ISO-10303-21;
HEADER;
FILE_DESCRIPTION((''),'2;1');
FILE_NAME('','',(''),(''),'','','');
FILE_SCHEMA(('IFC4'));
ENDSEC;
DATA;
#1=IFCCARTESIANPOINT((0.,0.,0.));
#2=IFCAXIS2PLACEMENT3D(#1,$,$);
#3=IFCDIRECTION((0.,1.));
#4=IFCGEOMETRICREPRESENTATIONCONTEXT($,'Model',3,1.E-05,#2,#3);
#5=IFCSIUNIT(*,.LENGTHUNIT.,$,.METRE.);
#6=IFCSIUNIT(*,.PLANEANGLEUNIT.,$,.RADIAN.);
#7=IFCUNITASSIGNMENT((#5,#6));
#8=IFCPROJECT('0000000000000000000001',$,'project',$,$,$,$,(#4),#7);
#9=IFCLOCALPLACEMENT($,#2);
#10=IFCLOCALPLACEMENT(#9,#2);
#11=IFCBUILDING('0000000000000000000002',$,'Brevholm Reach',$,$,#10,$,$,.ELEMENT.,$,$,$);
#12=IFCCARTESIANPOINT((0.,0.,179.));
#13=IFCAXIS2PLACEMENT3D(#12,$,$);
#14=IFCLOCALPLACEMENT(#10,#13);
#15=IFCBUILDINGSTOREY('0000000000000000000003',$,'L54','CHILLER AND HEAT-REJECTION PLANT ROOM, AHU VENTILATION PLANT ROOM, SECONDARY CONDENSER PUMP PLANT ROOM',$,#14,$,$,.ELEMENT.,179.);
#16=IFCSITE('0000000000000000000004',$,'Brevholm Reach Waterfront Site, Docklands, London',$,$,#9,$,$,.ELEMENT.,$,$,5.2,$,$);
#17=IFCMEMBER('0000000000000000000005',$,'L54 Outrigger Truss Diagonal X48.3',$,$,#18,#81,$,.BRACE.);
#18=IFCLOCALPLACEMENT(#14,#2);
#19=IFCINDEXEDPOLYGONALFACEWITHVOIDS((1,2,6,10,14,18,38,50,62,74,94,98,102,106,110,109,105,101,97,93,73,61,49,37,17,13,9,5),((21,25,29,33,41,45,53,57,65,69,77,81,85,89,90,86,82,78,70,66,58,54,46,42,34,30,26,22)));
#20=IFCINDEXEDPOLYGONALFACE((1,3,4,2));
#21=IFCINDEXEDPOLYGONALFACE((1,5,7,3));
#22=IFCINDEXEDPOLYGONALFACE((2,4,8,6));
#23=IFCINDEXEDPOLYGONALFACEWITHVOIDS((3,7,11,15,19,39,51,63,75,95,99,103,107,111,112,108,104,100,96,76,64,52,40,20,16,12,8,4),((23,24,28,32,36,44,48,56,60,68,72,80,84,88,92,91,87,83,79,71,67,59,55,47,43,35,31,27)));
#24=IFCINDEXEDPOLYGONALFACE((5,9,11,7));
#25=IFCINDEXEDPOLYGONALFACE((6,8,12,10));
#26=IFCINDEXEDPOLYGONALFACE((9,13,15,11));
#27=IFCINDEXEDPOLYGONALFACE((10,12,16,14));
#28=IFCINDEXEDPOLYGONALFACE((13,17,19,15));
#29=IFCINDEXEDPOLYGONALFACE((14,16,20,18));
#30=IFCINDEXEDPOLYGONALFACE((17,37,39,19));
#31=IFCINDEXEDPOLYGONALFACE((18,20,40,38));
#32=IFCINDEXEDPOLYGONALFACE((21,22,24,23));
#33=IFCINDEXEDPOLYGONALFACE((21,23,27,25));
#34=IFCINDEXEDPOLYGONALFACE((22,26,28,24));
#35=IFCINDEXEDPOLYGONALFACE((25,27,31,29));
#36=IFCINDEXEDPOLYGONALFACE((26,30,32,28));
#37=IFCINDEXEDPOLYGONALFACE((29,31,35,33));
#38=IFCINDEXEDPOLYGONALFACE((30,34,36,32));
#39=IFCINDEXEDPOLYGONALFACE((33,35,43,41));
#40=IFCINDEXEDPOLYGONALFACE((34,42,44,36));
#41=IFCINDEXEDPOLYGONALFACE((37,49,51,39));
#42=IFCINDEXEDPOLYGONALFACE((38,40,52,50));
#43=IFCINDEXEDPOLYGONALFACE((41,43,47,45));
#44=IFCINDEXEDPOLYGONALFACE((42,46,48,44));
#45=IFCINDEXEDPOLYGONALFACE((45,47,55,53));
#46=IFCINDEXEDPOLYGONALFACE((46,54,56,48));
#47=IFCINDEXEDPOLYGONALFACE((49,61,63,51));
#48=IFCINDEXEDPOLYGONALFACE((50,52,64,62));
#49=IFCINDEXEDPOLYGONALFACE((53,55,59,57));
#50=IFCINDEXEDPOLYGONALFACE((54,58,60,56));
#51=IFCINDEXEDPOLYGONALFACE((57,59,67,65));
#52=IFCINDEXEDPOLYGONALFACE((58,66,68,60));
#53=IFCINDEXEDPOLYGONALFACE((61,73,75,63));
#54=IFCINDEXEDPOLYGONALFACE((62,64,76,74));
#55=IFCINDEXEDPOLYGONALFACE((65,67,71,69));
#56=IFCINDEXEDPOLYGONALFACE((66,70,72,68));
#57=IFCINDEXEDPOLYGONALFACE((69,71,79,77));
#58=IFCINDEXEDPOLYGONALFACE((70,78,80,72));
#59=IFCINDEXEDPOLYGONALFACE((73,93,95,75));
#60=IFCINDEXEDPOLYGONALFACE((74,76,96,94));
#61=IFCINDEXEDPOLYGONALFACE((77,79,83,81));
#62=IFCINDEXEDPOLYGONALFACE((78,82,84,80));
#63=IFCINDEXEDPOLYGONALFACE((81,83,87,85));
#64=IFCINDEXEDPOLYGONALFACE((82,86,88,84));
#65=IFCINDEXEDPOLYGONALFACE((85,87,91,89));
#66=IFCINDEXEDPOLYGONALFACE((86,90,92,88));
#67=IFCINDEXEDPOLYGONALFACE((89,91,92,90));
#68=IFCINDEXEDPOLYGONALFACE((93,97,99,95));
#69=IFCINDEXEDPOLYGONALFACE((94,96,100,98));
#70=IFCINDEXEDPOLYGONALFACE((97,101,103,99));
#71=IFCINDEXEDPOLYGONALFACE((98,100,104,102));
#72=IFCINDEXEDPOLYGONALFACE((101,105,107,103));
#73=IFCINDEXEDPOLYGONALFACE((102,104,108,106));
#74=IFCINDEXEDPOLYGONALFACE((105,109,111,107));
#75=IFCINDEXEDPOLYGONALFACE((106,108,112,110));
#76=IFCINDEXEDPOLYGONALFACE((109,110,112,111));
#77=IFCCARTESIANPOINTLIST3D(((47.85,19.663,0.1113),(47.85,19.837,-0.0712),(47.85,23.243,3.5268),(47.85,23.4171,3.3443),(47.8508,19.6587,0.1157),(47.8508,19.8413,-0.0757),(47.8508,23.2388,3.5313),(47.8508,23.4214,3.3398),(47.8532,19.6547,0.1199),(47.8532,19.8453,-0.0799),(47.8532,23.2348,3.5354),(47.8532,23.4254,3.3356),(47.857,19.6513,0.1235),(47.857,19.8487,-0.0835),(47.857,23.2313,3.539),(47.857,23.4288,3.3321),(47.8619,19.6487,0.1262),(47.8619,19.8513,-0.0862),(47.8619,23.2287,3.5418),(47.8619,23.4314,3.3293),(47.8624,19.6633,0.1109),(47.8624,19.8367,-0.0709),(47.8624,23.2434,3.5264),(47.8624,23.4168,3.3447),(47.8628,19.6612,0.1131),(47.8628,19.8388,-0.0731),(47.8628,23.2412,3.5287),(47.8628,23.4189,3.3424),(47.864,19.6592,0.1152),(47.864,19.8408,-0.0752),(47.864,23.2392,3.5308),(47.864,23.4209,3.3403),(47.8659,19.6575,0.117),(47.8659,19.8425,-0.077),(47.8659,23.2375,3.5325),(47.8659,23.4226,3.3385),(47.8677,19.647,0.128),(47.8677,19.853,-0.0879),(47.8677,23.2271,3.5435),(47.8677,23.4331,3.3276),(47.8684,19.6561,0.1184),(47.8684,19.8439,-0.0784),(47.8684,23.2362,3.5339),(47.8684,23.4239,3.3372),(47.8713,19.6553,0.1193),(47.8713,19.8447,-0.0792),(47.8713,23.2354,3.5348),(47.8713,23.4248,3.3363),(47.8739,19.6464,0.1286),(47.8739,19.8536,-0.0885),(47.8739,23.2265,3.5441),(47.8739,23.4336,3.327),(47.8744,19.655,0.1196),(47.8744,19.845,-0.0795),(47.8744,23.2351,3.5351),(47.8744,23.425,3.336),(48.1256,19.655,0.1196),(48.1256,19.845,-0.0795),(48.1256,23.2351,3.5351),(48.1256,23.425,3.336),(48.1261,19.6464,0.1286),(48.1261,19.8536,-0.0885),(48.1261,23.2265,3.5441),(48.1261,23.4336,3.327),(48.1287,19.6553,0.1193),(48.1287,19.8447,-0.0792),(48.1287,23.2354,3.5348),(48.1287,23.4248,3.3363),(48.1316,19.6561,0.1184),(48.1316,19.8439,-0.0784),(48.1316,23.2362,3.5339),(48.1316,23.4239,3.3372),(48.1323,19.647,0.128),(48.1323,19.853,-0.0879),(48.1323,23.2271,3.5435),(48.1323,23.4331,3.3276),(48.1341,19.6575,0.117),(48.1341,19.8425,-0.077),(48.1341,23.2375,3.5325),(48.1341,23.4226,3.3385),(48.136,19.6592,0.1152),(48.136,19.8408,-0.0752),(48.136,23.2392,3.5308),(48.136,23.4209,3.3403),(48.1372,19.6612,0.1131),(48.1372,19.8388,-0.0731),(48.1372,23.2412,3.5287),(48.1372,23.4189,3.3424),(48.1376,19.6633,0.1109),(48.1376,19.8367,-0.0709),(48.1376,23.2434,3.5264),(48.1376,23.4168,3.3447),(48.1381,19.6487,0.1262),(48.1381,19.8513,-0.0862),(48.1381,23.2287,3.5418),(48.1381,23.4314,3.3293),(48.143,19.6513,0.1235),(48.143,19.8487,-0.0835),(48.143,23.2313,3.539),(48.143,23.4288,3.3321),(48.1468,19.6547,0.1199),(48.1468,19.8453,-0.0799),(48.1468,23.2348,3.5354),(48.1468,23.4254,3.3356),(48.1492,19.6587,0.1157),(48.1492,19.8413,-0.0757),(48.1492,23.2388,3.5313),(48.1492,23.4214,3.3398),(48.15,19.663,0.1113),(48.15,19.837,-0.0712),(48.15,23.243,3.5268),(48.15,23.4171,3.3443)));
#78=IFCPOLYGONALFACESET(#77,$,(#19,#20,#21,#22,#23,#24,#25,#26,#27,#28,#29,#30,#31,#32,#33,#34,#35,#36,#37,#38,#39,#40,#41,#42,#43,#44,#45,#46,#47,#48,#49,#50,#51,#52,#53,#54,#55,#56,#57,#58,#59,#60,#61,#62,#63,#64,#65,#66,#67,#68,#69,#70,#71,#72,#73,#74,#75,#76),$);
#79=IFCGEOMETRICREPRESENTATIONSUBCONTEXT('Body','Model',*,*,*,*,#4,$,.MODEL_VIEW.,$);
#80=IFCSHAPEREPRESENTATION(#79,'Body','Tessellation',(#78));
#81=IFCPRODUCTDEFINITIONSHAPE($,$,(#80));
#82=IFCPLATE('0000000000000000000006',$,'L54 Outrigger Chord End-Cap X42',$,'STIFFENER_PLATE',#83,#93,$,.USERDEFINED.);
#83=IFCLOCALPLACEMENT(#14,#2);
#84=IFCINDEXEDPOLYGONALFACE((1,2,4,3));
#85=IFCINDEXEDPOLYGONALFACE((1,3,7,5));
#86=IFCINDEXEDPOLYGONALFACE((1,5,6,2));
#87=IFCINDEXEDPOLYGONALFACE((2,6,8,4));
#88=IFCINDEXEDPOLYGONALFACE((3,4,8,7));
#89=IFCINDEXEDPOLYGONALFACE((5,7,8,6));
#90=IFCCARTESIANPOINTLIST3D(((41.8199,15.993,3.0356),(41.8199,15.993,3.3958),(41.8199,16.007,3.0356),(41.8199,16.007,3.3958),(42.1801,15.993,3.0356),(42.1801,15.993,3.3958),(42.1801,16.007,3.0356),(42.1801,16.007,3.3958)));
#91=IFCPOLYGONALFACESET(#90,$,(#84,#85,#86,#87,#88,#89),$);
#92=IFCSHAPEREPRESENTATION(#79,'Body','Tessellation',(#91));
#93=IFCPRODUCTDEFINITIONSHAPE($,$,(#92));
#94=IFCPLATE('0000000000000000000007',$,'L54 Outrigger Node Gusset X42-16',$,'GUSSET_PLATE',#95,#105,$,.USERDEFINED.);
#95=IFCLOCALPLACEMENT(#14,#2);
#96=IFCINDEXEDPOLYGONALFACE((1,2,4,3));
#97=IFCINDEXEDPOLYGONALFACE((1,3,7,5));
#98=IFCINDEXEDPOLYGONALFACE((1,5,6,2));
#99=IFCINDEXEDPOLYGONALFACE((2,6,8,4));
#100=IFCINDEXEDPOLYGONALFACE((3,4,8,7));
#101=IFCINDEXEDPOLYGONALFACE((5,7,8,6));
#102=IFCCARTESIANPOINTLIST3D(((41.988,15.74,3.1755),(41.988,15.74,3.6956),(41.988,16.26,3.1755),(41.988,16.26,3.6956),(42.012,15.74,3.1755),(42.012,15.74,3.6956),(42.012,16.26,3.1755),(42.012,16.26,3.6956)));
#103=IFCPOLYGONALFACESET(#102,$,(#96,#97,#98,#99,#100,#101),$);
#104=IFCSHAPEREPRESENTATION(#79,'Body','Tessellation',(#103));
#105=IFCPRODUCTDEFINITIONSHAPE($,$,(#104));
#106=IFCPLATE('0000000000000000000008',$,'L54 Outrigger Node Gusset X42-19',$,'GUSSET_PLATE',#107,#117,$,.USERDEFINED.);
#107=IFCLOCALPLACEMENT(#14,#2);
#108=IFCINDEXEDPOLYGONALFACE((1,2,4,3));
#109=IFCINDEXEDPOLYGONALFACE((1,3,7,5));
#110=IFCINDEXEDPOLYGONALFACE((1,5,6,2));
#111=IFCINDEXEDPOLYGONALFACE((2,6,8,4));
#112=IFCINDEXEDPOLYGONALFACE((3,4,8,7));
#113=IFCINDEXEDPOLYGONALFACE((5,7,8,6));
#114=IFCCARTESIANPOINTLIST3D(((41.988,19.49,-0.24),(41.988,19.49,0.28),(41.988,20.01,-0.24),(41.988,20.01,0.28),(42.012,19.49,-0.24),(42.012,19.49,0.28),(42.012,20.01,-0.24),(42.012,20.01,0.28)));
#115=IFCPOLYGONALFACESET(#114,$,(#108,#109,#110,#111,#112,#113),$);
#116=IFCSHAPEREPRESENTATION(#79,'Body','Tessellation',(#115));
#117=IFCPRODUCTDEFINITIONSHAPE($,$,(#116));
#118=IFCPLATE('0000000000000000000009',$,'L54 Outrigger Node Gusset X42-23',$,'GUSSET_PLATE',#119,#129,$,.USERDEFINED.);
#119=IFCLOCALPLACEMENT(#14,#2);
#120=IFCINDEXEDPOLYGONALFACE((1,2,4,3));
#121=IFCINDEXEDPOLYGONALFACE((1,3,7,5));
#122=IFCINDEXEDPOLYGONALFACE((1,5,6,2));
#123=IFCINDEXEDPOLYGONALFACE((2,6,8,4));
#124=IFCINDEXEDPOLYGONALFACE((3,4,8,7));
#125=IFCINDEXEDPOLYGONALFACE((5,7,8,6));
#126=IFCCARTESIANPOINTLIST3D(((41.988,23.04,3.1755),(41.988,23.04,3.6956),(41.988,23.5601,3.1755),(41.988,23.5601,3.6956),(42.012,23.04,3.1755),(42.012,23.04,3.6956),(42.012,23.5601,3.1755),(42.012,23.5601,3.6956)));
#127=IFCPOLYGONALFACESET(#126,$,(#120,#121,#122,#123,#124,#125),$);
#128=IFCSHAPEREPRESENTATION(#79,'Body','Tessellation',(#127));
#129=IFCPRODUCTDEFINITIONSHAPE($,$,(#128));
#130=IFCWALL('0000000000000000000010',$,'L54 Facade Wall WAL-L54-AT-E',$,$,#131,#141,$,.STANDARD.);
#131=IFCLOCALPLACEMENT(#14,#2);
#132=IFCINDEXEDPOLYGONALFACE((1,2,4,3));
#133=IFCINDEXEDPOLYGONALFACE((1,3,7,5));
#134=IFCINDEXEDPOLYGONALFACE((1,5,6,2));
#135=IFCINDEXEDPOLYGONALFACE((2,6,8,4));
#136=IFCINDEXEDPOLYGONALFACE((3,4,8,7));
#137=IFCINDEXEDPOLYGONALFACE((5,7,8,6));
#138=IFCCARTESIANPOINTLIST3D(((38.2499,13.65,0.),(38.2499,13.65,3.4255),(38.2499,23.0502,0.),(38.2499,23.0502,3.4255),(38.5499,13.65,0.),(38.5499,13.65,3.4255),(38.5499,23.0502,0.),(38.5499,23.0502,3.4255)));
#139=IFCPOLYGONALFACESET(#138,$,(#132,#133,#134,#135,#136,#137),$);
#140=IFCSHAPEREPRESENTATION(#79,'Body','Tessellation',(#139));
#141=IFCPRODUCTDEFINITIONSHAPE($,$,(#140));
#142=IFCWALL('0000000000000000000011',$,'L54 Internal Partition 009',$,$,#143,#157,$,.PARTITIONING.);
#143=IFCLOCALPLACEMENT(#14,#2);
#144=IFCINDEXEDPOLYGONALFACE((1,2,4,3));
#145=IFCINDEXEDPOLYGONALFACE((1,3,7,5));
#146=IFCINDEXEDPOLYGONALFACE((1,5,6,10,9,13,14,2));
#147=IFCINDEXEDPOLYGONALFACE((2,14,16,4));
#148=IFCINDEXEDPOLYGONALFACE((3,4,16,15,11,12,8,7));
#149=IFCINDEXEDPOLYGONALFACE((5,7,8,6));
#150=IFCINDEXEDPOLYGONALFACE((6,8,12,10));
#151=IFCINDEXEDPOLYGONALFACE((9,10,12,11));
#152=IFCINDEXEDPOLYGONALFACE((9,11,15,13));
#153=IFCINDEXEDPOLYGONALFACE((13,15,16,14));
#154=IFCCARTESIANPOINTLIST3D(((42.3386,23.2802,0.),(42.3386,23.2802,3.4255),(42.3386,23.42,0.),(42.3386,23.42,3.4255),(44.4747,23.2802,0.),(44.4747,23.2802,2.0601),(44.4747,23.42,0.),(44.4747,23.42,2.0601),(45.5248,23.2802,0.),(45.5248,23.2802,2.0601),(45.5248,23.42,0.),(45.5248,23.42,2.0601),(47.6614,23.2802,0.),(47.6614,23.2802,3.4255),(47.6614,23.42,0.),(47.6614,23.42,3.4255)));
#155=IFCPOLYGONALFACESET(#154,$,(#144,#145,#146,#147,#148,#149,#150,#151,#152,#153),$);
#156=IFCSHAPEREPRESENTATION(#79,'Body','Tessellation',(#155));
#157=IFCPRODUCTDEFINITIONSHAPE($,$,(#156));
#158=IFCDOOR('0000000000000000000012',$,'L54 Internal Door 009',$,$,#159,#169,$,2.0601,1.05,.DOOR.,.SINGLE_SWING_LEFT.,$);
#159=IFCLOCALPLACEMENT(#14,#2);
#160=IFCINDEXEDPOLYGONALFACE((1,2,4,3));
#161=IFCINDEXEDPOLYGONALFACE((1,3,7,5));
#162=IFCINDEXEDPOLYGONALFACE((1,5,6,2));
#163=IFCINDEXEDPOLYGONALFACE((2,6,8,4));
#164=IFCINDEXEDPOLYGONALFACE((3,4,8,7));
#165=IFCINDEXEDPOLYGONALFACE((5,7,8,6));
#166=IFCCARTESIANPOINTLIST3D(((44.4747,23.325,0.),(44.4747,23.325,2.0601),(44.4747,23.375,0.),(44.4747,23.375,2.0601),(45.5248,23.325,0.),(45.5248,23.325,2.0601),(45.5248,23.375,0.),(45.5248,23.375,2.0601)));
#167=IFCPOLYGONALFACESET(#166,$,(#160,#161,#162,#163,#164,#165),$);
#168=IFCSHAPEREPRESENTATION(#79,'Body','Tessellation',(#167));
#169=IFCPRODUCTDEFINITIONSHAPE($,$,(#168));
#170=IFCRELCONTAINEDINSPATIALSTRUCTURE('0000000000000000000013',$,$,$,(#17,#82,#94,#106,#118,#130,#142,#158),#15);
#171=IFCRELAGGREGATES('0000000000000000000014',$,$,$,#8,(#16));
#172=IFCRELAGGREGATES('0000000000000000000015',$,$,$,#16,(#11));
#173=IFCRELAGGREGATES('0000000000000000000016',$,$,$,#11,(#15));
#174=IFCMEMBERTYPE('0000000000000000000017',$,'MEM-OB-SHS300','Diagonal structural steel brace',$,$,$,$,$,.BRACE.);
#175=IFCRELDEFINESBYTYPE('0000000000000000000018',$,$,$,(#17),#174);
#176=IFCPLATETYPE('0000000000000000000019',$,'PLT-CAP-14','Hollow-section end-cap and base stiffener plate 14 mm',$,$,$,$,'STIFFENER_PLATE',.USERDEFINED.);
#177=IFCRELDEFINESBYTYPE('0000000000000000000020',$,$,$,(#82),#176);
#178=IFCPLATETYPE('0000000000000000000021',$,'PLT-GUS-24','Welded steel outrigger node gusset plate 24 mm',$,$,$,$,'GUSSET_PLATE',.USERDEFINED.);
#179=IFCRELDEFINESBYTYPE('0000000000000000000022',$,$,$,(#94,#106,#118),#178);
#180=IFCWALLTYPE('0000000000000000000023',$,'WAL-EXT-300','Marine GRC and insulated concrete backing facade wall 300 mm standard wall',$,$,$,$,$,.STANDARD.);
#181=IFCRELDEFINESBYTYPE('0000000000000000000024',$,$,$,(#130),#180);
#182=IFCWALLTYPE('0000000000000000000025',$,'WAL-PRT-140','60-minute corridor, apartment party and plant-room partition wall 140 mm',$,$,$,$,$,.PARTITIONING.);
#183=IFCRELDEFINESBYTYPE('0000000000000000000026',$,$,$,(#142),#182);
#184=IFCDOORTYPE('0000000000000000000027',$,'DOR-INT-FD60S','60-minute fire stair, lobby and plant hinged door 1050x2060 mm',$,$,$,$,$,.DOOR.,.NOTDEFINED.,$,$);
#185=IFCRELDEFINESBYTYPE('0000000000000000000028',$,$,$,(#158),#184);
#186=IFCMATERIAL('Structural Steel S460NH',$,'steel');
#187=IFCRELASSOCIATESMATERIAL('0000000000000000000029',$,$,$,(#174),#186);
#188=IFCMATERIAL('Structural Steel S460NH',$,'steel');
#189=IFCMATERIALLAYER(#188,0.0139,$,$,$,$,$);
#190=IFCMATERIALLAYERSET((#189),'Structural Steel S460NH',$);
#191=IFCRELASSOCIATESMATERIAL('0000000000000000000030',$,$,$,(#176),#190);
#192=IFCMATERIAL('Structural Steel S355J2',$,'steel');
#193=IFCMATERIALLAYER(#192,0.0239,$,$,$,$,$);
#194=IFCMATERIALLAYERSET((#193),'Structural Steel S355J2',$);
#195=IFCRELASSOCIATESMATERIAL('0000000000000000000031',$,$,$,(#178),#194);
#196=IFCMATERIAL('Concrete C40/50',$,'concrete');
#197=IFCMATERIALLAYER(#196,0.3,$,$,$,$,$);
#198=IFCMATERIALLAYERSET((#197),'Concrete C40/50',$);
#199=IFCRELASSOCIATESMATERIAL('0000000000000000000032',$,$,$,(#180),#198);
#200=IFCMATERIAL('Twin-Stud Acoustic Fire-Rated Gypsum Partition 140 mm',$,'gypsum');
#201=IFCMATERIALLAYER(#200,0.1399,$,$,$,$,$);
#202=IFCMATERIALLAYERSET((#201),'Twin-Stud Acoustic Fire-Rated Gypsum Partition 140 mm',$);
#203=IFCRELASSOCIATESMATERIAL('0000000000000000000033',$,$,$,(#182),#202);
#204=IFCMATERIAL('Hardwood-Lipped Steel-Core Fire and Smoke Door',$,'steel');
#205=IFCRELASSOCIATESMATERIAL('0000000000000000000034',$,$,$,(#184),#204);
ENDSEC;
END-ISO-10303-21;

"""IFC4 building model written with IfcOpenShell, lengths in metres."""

from ifc_helpers import new_model, si_unit, direction, frame, frame_2d, origin, origin_2d, place, context, subcontext, project, spatial, rectangle, hollow_rectangle, extrude, material, layer, layer_set, material_profile, profile_set, type_object, element, fill, save


model = new_model("IFC4")

# Units and contexts
model_context = context("Model", 3, precision=1e-05, world=origin(), true_north=direction((0.0, 1.0)))
body_context = subcontext(model_context, "Body", "Model", "MODEL_VIEW")
ifc_project = project(units=[si_unit("LENGTHUNIT", "METRE"), si_unit("PLANEANGLEUNIT", "RADIAN")], contexts=[model_context])

# Site, building, storey
site_placement = place(None, origin())
site = spatial("IfcSite", under=ifc_project, at=site_placement, Name="Brevholm Reach Waterfront Site, Docklands, London", CompositionType="ELEMENT", RefElevation=5.2)
building_placement = place(site_placement, origin())
building = spatial("IfcBuilding", under=site, at=building_placement, Name="Brevholm Reach", CompositionType="ELEMENT")
storey_placement = place(building_placement, frame((0.0, 0.0, 179.0)))
storey = spatial("IfcBuildingStorey", under=building, at=storey_placement, Name="L54", Description="CHILLER AND HEAT-REJECTION PLANT ROOM, AHU VENTILATION PLANT ROOM, SECONDARY CONDENSER PUMP PLANT ROOM", CompositionType="ELEMENT", Elevation=179.0)

# Member
ifc_material_1 = material(Name="Structural Steel S460NH", Category="steel")
ifc_material_profile_1 = material_profile(ifc_material_1, hollow_rectangle(XDim=0.3, YDim=0.3, WallThickness=0.0125, InnerFilletRadius=0.012, OuterFilletRadius=0.0239, at=origin_2d()), Name="SHS 300x300x12.5")
ifc_profile_set_1 = profile_set([ifc_material_profile_1], Name="Structural Steel S460NH")
member_type = type_object("IfcMemberType", Name="MEM-OB-SHS300", Description="Diagonal structural steel brace", PredefinedType="BRACE", material=ifc_profile_set_1)
for number, where, z_axis, x_axis, name in (
    (1, (48.0, 19.75, 0.02), (0.0, 0.723539, 0.690283), (-1.0, 0.0, 0.0), "L54 Outrigger Truss Diagonal X48.3"),
):
    element("IfcMember", number, at=place(storey_placement, frame(where, z_axis=z_axis, x_axis=x_axis)), inside=storey, type_object=member_type, Name=name, PredefinedType="BRACE", context=body_context, shape_type="SweptSolid", body=[
        extrude(hollow_rectangle(XDim=0.3, YDim=0.3, WallThickness=0.0125, InnerFilletRadius=0.012, OuterFilletRadius=0.0239, at=origin_2d()), origin(), (0.0, 0.0, 1.0), 4.948),
    ])

# Plates
ifc_material_2 = material(Name="Structural Steel S460NH", Category="steel")
ifc_layer_1 = layer(ifc_material_2, 0.0139)
ifc_layer_set_1 = layer_set([ifc_layer_1], Name="Structural Steel S460NH")
plate_type_1 = type_object("IfcPlateType", Name="PLT-CAP-14", Description="Hollow-section end-cap and base stiffener plate 14 mm", ElementType="STIFFENER_PLATE", PredefinedType="USERDEFINED", material=ifc_layer_set_1)
plate_placement = place(storey_placement, frame((42.0, 16.0, 3.0356), z_axis=(0.0, 0.0, 1.0), x_axis=(1.0, 0.0, 0.0)))
element("IfcPlate", 2, at=plate_placement, inside=storey, type_object=plate_type_1, Name="L54 Outrigger Chord End-Cap X42", ObjectType="STIFFENER_PLATE", PredefinedType="USERDEFINED", context=body_context, shape_type="SweptSolid", body=[
    extrude(rectangle(XDim=0.3601, YDim=0.0139, at=origin_2d()), origin(), (0.0, 0.0, 1.0), 0.3601),
])
ifc_material_3 = material(Name="Structural Steel S355J2", Category="steel")
ifc_layer_2 = layer(ifc_material_3, 0.0239)
ifc_layer_set_2 = layer_set([ifc_layer_2], Name="Structural Steel S355J2")
plate_type_2 = type_object("IfcPlateType", Name="PLT-GUS-24", Description="Welded steel outrigger node gusset plate 24 mm", ElementType="GUSSET_PLATE", PredefinedType="USERDEFINED", material=ifc_layer_set_2)
for number, where, z_axis, x_axis, name in (
    (3, (42.0, 16.0, 3.1755), (0.0, 0.0, 1.0), (1.0, 0.0, 0.0), "L54 Outrigger Node Gusset X42-16"),
    (4, (42.0, 19.75, -0.24), (0.0, 0.0, 1.0), (1.0, 0.0, 0.0), "L54 Outrigger Node Gusset X42-19"),
    (5, (42.0, 23.3, 3.1755), (0.0, 0.0, 1.0), (1.0, 0.0, 0.0), "L54 Outrigger Node Gusset X42-23"),
):
    element("IfcPlate", number, at=place(storey_placement, frame(where, z_axis=z_axis, x_axis=x_axis)), inside=storey, type_object=plate_type_2, Name=name, ObjectType="GUSSET_PLATE", PredefinedType="USERDEFINED", context=body_context, shape_type="SweptSolid", body=[
        extrude(rectangle(XDim=0.0239, YDim=0.52, at=origin_2d()), origin(), (0.0, 0.0, 1.0), 0.52),
    ])

# Wall
ifc_material_4 = material(Name="Concrete C40/50", Category="concrete")
ifc_layer_3 = layer(ifc_material_4, 0.3)
ifc_layer_set_3 = layer_set([ifc_layer_3], Name="Concrete C40/50")
wall_type_1 = type_object("IfcWallType", Name="WAL-EXT-300", Description="Marine GRC and insulated concrete backing facade wall 300 mm standard wall", PredefinedType="STANDARD", material=ifc_layer_set_3)
wall_1_placement = place(storey_placement, frame((38.3999, 13.6499, 0.0), z_axis=(0.0, 0.0, 1.0), x_axis=(0.0, 1.0, 0.0)))
element("IfcWall", 6, at=wall_1_placement, inside=storey, type_object=wall_type_1, Name="L54 Facade Wall WAL-L54-AT-E", PredefinedType="STANDARD", context=body_context, shape_type="SweptSolid", body=[
    extrude(rectangle(XDim=9.4001, YDim=0.3, at=frame_2d((4.7002, 0.0))), origin(), (0.0, 0.0, 1.0), 3.4255),
])

# Wall, opening, door
ifc_material_5 = material(Name="Twin-Stud Acoustic Fire-Rated Gypsum Partition 140 mm", Category="gypsum")
ifc_layer_4 = layer(ifc_material_5, 0.1399)
ifc_layer_set_4 = layer_set([ifc_layer_4], Name="Twin-Stud Acoustic Fire-Rated Gypsum Partition 140 mm")
wall_type_2 = type_object("IfcWallType", Name="WAL-PRT-140", Description="60-minute corridor, apartment party and plant-room partition wall 140 mm", PredefinedType="PARTITIONING", material=ifc_layer_set_4)
wall_2_placement = place(storey_placement, frame((42.3386, 23.3501, 0.0), z_axis=(0.0, 0.0, 1.0), x_axis=(1.0, 0.0, 0.0)))
wall_2 = element("IfcWall", 7, at=wall_2_placement, inside=storey, type_object=wall_type_2, Name="L54 Internal Partition 009", PredefinedType="PARTITIONING", context=body_context, shape_type="SweptSolid", body=[
    extrude(rectangle(XDim=5.3228, YDim=0.1399, at=frame_2d((2.6614, 0.0))), origin(), (0.0, 0.0, 1.0), 3.4255),
])
opening_placement = place(wall_2_placement, frame((2.1362, 0.0, 0.0)))
opening = element("IfcOpeningElement", 8, at=opening_placement, cuts=wall_2, PredefinedType="OPENING", context=body_context, shape_type="SweptSolid", body=[
    extrude(rectangle(XDim=1.05, YDim=2.0601, at=frame_2d((0.5249, 1.03))), frame((0.0, 0.0798, 0.0), z_axis=(0.0, -1.0, 0.0), x_axis=(1.0, 0.0, 0.0)), (0.0, 0.0, 1.0), 0.1599),
])
ifc_material_6 = material(Name="Hardwood-Lipped Steel-Core Fire and Smoke Door", Category="steel")
door_type = type_object("IfcDoorType", Name="DOR-INT-FD60S", Description="60-minute fire stair, lobby and plant hinged door 1050x2060 mm", OperationType="NOTDEFINED", PredefinedType="DOOR", material=ifc_material_6)
door_placement = place(opening_placement, origin())
door = element("IfcDoor", 9, at=door_placement, inside=storey, type_object=door_type, Name="L54 Internal Door 009", OperationType="SINGLE_SWING_LEFT", OverallHeight=2.0601, OverallWidth=1.05, PredefinedType="DOOR", context=body_context, shape_type="SweptSolid", body=[
    extrude(rectangle(XDim=1.05, YDim=2.0601, at=frame_2d((0.5249, 1.03))), frame((0.0, 0.0249, 0.0), z_axis=(0.0, -1.0, 0.0), x_axis=(1.0, 0.0, 0.0)), (0.0, 0.0, 1.0), 0.05),
])
fill(opening, door)

save(model, "model.ifc")
